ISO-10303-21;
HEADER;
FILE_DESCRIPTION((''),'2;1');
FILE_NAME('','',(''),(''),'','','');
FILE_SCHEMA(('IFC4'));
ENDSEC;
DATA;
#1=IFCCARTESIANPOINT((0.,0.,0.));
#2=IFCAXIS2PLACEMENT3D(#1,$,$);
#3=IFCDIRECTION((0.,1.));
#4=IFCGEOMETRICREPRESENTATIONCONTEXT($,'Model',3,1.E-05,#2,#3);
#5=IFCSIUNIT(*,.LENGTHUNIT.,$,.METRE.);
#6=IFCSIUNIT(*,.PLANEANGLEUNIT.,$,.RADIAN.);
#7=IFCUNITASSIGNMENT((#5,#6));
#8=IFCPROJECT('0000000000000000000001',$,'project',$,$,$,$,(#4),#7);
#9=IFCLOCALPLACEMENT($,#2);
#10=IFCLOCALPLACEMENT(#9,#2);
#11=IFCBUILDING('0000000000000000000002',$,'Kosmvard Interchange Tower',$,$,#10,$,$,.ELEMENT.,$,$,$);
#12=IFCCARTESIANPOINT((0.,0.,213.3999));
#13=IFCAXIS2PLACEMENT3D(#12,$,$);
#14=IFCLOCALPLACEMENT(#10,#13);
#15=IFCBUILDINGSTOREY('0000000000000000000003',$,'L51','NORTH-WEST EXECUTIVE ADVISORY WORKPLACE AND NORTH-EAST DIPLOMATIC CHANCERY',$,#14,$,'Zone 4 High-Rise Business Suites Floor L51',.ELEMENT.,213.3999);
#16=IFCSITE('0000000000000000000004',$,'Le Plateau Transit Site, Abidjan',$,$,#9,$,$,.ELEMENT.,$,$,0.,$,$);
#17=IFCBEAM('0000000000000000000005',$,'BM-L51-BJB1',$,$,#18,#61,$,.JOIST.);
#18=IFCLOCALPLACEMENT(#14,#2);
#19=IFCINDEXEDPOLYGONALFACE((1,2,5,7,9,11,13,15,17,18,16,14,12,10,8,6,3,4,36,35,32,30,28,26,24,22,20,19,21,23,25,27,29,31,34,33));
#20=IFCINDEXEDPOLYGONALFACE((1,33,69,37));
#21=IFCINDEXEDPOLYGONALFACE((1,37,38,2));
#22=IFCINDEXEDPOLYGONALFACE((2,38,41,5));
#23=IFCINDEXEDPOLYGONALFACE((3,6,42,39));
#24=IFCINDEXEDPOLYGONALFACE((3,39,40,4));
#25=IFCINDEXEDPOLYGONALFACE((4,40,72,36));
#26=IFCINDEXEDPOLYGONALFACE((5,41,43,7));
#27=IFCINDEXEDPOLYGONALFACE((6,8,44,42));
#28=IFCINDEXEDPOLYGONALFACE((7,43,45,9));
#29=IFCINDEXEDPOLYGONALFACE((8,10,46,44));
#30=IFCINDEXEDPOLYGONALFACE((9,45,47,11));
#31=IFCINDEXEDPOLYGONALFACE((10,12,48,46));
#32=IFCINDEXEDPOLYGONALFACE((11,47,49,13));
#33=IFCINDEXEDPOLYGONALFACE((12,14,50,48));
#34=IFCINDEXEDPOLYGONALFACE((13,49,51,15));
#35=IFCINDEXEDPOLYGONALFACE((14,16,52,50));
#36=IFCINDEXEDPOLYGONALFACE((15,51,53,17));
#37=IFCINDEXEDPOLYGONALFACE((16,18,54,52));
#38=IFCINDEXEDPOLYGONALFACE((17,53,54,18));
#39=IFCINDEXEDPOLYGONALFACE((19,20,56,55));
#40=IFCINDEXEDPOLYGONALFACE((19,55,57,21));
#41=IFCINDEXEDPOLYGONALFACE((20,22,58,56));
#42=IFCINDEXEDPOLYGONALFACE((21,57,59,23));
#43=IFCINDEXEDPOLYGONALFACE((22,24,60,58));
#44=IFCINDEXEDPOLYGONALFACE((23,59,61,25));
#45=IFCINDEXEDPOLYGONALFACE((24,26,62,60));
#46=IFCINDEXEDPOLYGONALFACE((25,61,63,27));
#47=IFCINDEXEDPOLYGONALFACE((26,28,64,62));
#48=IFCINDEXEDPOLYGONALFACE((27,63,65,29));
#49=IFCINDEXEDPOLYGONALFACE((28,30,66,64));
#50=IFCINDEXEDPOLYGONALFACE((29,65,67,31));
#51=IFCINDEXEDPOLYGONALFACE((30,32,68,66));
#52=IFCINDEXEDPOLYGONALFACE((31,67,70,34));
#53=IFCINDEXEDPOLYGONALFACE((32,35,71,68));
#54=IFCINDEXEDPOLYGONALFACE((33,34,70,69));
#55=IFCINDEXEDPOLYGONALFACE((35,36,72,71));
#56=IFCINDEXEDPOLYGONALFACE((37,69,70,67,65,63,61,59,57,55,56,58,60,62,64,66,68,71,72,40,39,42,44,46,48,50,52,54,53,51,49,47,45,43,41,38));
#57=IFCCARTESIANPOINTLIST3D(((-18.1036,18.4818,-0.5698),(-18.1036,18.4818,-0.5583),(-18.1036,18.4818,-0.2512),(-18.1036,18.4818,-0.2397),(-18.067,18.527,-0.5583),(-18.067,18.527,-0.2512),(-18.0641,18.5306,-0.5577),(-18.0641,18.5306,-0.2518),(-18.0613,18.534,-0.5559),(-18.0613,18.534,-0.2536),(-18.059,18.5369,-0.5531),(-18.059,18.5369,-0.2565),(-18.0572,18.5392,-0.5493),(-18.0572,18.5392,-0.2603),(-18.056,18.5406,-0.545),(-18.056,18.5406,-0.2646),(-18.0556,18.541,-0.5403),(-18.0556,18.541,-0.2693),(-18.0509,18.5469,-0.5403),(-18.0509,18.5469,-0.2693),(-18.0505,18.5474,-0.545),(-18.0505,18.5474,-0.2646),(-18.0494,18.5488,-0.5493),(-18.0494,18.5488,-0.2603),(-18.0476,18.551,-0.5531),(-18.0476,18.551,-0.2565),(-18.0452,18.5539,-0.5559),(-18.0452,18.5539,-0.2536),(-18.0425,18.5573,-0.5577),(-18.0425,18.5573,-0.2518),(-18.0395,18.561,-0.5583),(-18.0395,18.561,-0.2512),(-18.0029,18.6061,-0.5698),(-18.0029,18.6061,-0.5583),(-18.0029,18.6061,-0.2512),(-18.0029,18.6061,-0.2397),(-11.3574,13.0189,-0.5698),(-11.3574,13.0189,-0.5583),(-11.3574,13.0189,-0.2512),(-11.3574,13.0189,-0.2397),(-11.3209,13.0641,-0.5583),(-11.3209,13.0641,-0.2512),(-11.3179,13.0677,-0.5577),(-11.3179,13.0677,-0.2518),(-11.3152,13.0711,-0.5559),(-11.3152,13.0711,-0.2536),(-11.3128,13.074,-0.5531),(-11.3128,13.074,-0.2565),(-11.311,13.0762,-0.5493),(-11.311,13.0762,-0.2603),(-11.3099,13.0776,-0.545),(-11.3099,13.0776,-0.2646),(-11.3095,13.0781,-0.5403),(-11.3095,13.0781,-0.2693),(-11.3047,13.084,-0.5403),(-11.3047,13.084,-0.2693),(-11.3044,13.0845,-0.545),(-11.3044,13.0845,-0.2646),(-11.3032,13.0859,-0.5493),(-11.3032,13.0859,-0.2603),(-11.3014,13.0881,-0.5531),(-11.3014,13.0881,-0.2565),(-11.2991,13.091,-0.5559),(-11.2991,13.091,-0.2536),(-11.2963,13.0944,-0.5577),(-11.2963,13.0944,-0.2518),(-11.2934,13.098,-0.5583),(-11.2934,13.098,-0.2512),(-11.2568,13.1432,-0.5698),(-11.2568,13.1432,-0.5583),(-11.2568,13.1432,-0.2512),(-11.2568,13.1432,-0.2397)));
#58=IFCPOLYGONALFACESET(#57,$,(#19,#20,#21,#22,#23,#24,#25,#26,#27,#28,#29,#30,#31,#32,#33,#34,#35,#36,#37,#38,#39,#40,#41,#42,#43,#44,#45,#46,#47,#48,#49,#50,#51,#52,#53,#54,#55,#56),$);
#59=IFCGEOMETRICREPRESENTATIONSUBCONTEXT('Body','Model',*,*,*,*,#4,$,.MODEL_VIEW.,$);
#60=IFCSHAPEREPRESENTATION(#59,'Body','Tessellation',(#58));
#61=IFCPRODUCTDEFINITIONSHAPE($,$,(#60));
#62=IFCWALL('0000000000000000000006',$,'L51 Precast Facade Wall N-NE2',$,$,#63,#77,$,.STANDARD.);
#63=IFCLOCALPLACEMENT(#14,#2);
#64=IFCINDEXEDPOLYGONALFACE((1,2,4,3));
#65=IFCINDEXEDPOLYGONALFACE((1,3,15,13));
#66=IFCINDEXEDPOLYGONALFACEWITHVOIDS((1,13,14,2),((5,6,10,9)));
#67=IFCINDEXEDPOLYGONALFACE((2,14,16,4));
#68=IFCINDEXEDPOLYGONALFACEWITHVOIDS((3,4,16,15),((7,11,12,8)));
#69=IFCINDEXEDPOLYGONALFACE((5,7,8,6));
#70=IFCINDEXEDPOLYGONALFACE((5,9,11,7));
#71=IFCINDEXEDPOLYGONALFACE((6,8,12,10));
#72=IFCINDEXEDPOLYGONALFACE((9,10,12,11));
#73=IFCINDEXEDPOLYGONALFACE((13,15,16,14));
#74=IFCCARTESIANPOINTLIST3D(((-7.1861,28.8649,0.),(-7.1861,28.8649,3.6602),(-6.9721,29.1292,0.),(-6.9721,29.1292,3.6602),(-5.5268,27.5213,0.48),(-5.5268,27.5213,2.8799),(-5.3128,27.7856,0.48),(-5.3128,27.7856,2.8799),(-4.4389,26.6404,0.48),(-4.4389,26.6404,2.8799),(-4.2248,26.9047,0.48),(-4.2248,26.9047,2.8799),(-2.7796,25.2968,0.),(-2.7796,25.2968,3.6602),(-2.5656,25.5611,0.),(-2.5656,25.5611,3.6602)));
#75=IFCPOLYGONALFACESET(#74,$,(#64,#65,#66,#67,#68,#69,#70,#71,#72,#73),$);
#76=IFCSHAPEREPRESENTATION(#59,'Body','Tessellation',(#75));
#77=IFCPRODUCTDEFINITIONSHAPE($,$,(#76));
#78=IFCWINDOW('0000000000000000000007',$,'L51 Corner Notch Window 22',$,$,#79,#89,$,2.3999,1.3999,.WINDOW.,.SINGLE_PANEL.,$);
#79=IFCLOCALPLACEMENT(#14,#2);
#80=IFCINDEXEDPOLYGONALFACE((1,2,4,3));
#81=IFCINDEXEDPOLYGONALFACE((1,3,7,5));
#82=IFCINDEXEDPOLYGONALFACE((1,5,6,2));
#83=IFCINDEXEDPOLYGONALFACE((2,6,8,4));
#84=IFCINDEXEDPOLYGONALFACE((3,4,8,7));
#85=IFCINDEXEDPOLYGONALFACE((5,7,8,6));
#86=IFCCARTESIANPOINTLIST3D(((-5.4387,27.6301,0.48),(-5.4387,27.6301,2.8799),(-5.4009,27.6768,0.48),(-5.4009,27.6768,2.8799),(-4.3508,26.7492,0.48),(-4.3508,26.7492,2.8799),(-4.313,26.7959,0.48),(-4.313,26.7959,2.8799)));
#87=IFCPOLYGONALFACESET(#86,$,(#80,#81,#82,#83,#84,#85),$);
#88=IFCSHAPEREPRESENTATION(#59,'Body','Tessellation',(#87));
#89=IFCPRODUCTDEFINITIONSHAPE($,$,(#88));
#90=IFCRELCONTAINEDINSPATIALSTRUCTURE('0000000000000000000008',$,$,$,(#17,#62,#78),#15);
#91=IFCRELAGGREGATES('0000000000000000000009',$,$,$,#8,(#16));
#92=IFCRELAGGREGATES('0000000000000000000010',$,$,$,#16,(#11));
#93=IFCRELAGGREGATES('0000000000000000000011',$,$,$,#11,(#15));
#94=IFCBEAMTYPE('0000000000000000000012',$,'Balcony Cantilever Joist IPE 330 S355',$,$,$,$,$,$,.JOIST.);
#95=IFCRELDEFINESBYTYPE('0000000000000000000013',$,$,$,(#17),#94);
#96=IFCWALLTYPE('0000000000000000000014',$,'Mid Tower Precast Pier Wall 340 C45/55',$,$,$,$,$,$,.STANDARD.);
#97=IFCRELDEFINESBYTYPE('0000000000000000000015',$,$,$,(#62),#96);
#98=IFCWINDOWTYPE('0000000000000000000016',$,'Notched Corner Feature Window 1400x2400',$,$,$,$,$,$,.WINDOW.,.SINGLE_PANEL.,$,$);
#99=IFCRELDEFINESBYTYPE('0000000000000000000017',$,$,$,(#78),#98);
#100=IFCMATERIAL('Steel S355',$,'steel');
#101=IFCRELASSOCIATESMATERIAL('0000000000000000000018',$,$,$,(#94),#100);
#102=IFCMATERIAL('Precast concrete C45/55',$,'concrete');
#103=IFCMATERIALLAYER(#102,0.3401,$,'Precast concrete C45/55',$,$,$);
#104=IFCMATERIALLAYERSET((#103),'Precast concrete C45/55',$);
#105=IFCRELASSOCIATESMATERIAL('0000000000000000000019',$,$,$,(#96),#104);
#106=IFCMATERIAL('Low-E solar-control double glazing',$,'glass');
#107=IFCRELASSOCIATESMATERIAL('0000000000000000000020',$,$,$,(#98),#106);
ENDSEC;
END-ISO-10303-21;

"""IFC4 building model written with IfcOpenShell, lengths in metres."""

from ifc_helpers import new_model, si_unit, direction, frame, frame_2d, origin, origin_2d, place, context, subcontext, project, spatial, rectangle, i_section, extrude, source, transform, mapped, material, layer, layer_set, material_profile, profile_set, type_object, element, fill, save


model = new_model("IFC4")

# Units and contexts
model_context = context("Model", 3, precision=1e-05, world=origin(), true_north=direction((0.0, 1.0)))
body_context = subcontext(model_context, "Body", "Model", "MODEL_VIEW")
ifc_project = project(units=[si_unit("LENGTHUNIT", "METRE"), si_unit("PLANEANGLEUNIT", "RADIAN")], contexts=[model_context])

# Site, building, storey
site_placement = place(None, origin())
site = spatial("IfcSite", under=ifc_project, at=site_placement, Name="Le Plateau Transit Site, Abidjan", CompositionType="ELEMENT", RefElevation=0.0)
building_placement = place(site_placement, origin())
building = spatial("IfcBuilding", under=site, at=building_placement, Name="Kosmvard Interchange Tower", CompositionType="ELEMENT")
storey_placement = place(building_placement, frame((0.0, 0.0, 213.3999)))
storey = spatial("IfcBuildingStorey", under=building, at=storey_placement, Name="L51", Description="NORTH-WEST EXECUTIVE ADVISORY WORKPLACE AND NORTH-EAST DIPLOMATIC CHANCERY", LongName="Zone 4 High-Rise Business Suites Floor L51", CompositionType="ELEMENT", Elevation=213.3999)

# Beam
ifc_material_1 = material(Name="Steel S355", Category="steel")
ifc_material_profile_1 = material_profile(ifc_material_1, i_section(OverallWidth=0.1599, OverallDepth=0.3301, WebThickness=0.0076, FlangeThickness=0.0115, FilletRadius=0.0181, at=origin_2d()), Name="IPE 330")
ifc_profile_set_1 = profile_set([ifc_material_profile_1], Name="Steel S355")
beam_type_1 = type_object("IfcBeamType", Name="Balcony Cantilever Joist IPE 330 S355", PredefinedType="JOIST", material=ifc_profile_set_1)
shared_shape_1 = source(origin(), body_context, "Body", "SweptSolid", [
    extrude(i_section(OverallWidth=0.1599, OverallDepth=0.3301, WebThickness=0.0076, FlangeThickness=0.0115, FilletRadius=0.0181, at=origin_2d()), origin(), (0.0, 0.0, 1.0), 8.6807),
])
beam_1_placement = place(storey_placement, frame((-11.3071, 13.0811, -0.4048), z_axis=(-0.777145, 0.629321, 0.0), x_axis=(-0.629321, -0.777145, 0.0)))
element("IfcBeam", 1, at=beam_1_placement, inside=storey, type_object=beam_type_1, Name="BM-L51-BJB1", PredefinedType="JOIST", context=body_context, shape_type="MappedRepresentation", body=[
    mapped(shared_shape_1, transform((0.0, 0.0, 0.0), scale=1.0)),
])

# Wall, opening, window
ifc_material_2 = material(Name="Precast concrete C45/55", Category="concrete")
ifc_layer_1 = layer(ifc_material_2, 0.3401, Name="Precast concrete C45/55")
ifc_layer_set_1 = layer_set([ifc_layer_1], Name="Precast concrete C45/55")
wall_type = type_object("IfcWallType", Name="Mid Tower Precast Pier Wall 340 C45/55", PredefinedType="STANDARD", material=ifc_layer_set_1)
wall_1_placement = place(storey_placement, frame((-2.6726, 25.429, 0.0), z_axis=(0.0, 0.0, 1.0), x_axis=(-0.777163, 0.6293, 0.0)))
wall_1 = element("IfcWall", 2, at=wall_1_placement, inside=storey, type_object=wall_type, Name="L51 Precast Facade Wall N-NE2", PredefinedType="STANDARD", context=body_context, shape_type="SweptSolid", body=[
    extrude(rectangle(XDim=5.6699, YDim=0.3401, at=frame_2d((2.835, 0.0))), origin(), (0.0, 0.0, 1.0), 3.6602),
])
opening_1_placement = place(wall_1_placement, frame((2.135, 0.0, 0.48)))
opening_1 = element("IfcOpeningElement", 3, at=opening_1_placement, cuts=wall_1, PredefinedType="OPENING", context=body_context, shape_type="SweptSolid", body=[
    extrude(rectangle(XDim=1.3999, YDim=2.3999, at=frame_2d((0.7, 1.2))), frame((0.0, 0.1802, 0.0), z_axis=(0.0, -1.0, 0.0), x_axis=(1.0, 0.0, 0.0)), (0.0, 0.0, 1.0), 0.3601),
])
ifc_material_3 = material(Name="Low-E solar-control double glazing", Category="glass")
window_type_1 = type_object("IfcWindowType", Name="Notched Corner Feature Window 1400x2400", PartitioningType="SINGLE_PANEL", PredefinedType="WINDOW", material=ifc_material_3)
shared_shape_2 = source(origin(), body_context, "Body", "SweptSolid", [
    extrude(rectangle(XDim=1.3999, YDim=2.3999, at=frame_2d((0.7, 1.2))), frame((0.0, 0.03, 0.0), z_axis=(0.0, -1.0, 0.0), x_axis=(1.0, 0.0, 0.0)), (0.0, 0.0, 1.0), 0.0601),
])
window_1_placement = place(opening_1_placement, origin())
window_1 = element("IfcWindow", 4, at=window_1_placement, inside=storey, type_object=window_type_1, Name="L51 Corner Notch Window 22", OverallHeight=2.3999, OverallWidth=1.3999, PartitioningType="SINGLE_PANEL", PredefinedType="WINDOW", context=body_context, shape_type="MappedRepresentation", body=[
    mapped(shared_shape_2, transform((0.0, 0.0, 0.0), scale=1.0)),
])
fill(opening_1, window_1)

save(model, "model.ifc")
